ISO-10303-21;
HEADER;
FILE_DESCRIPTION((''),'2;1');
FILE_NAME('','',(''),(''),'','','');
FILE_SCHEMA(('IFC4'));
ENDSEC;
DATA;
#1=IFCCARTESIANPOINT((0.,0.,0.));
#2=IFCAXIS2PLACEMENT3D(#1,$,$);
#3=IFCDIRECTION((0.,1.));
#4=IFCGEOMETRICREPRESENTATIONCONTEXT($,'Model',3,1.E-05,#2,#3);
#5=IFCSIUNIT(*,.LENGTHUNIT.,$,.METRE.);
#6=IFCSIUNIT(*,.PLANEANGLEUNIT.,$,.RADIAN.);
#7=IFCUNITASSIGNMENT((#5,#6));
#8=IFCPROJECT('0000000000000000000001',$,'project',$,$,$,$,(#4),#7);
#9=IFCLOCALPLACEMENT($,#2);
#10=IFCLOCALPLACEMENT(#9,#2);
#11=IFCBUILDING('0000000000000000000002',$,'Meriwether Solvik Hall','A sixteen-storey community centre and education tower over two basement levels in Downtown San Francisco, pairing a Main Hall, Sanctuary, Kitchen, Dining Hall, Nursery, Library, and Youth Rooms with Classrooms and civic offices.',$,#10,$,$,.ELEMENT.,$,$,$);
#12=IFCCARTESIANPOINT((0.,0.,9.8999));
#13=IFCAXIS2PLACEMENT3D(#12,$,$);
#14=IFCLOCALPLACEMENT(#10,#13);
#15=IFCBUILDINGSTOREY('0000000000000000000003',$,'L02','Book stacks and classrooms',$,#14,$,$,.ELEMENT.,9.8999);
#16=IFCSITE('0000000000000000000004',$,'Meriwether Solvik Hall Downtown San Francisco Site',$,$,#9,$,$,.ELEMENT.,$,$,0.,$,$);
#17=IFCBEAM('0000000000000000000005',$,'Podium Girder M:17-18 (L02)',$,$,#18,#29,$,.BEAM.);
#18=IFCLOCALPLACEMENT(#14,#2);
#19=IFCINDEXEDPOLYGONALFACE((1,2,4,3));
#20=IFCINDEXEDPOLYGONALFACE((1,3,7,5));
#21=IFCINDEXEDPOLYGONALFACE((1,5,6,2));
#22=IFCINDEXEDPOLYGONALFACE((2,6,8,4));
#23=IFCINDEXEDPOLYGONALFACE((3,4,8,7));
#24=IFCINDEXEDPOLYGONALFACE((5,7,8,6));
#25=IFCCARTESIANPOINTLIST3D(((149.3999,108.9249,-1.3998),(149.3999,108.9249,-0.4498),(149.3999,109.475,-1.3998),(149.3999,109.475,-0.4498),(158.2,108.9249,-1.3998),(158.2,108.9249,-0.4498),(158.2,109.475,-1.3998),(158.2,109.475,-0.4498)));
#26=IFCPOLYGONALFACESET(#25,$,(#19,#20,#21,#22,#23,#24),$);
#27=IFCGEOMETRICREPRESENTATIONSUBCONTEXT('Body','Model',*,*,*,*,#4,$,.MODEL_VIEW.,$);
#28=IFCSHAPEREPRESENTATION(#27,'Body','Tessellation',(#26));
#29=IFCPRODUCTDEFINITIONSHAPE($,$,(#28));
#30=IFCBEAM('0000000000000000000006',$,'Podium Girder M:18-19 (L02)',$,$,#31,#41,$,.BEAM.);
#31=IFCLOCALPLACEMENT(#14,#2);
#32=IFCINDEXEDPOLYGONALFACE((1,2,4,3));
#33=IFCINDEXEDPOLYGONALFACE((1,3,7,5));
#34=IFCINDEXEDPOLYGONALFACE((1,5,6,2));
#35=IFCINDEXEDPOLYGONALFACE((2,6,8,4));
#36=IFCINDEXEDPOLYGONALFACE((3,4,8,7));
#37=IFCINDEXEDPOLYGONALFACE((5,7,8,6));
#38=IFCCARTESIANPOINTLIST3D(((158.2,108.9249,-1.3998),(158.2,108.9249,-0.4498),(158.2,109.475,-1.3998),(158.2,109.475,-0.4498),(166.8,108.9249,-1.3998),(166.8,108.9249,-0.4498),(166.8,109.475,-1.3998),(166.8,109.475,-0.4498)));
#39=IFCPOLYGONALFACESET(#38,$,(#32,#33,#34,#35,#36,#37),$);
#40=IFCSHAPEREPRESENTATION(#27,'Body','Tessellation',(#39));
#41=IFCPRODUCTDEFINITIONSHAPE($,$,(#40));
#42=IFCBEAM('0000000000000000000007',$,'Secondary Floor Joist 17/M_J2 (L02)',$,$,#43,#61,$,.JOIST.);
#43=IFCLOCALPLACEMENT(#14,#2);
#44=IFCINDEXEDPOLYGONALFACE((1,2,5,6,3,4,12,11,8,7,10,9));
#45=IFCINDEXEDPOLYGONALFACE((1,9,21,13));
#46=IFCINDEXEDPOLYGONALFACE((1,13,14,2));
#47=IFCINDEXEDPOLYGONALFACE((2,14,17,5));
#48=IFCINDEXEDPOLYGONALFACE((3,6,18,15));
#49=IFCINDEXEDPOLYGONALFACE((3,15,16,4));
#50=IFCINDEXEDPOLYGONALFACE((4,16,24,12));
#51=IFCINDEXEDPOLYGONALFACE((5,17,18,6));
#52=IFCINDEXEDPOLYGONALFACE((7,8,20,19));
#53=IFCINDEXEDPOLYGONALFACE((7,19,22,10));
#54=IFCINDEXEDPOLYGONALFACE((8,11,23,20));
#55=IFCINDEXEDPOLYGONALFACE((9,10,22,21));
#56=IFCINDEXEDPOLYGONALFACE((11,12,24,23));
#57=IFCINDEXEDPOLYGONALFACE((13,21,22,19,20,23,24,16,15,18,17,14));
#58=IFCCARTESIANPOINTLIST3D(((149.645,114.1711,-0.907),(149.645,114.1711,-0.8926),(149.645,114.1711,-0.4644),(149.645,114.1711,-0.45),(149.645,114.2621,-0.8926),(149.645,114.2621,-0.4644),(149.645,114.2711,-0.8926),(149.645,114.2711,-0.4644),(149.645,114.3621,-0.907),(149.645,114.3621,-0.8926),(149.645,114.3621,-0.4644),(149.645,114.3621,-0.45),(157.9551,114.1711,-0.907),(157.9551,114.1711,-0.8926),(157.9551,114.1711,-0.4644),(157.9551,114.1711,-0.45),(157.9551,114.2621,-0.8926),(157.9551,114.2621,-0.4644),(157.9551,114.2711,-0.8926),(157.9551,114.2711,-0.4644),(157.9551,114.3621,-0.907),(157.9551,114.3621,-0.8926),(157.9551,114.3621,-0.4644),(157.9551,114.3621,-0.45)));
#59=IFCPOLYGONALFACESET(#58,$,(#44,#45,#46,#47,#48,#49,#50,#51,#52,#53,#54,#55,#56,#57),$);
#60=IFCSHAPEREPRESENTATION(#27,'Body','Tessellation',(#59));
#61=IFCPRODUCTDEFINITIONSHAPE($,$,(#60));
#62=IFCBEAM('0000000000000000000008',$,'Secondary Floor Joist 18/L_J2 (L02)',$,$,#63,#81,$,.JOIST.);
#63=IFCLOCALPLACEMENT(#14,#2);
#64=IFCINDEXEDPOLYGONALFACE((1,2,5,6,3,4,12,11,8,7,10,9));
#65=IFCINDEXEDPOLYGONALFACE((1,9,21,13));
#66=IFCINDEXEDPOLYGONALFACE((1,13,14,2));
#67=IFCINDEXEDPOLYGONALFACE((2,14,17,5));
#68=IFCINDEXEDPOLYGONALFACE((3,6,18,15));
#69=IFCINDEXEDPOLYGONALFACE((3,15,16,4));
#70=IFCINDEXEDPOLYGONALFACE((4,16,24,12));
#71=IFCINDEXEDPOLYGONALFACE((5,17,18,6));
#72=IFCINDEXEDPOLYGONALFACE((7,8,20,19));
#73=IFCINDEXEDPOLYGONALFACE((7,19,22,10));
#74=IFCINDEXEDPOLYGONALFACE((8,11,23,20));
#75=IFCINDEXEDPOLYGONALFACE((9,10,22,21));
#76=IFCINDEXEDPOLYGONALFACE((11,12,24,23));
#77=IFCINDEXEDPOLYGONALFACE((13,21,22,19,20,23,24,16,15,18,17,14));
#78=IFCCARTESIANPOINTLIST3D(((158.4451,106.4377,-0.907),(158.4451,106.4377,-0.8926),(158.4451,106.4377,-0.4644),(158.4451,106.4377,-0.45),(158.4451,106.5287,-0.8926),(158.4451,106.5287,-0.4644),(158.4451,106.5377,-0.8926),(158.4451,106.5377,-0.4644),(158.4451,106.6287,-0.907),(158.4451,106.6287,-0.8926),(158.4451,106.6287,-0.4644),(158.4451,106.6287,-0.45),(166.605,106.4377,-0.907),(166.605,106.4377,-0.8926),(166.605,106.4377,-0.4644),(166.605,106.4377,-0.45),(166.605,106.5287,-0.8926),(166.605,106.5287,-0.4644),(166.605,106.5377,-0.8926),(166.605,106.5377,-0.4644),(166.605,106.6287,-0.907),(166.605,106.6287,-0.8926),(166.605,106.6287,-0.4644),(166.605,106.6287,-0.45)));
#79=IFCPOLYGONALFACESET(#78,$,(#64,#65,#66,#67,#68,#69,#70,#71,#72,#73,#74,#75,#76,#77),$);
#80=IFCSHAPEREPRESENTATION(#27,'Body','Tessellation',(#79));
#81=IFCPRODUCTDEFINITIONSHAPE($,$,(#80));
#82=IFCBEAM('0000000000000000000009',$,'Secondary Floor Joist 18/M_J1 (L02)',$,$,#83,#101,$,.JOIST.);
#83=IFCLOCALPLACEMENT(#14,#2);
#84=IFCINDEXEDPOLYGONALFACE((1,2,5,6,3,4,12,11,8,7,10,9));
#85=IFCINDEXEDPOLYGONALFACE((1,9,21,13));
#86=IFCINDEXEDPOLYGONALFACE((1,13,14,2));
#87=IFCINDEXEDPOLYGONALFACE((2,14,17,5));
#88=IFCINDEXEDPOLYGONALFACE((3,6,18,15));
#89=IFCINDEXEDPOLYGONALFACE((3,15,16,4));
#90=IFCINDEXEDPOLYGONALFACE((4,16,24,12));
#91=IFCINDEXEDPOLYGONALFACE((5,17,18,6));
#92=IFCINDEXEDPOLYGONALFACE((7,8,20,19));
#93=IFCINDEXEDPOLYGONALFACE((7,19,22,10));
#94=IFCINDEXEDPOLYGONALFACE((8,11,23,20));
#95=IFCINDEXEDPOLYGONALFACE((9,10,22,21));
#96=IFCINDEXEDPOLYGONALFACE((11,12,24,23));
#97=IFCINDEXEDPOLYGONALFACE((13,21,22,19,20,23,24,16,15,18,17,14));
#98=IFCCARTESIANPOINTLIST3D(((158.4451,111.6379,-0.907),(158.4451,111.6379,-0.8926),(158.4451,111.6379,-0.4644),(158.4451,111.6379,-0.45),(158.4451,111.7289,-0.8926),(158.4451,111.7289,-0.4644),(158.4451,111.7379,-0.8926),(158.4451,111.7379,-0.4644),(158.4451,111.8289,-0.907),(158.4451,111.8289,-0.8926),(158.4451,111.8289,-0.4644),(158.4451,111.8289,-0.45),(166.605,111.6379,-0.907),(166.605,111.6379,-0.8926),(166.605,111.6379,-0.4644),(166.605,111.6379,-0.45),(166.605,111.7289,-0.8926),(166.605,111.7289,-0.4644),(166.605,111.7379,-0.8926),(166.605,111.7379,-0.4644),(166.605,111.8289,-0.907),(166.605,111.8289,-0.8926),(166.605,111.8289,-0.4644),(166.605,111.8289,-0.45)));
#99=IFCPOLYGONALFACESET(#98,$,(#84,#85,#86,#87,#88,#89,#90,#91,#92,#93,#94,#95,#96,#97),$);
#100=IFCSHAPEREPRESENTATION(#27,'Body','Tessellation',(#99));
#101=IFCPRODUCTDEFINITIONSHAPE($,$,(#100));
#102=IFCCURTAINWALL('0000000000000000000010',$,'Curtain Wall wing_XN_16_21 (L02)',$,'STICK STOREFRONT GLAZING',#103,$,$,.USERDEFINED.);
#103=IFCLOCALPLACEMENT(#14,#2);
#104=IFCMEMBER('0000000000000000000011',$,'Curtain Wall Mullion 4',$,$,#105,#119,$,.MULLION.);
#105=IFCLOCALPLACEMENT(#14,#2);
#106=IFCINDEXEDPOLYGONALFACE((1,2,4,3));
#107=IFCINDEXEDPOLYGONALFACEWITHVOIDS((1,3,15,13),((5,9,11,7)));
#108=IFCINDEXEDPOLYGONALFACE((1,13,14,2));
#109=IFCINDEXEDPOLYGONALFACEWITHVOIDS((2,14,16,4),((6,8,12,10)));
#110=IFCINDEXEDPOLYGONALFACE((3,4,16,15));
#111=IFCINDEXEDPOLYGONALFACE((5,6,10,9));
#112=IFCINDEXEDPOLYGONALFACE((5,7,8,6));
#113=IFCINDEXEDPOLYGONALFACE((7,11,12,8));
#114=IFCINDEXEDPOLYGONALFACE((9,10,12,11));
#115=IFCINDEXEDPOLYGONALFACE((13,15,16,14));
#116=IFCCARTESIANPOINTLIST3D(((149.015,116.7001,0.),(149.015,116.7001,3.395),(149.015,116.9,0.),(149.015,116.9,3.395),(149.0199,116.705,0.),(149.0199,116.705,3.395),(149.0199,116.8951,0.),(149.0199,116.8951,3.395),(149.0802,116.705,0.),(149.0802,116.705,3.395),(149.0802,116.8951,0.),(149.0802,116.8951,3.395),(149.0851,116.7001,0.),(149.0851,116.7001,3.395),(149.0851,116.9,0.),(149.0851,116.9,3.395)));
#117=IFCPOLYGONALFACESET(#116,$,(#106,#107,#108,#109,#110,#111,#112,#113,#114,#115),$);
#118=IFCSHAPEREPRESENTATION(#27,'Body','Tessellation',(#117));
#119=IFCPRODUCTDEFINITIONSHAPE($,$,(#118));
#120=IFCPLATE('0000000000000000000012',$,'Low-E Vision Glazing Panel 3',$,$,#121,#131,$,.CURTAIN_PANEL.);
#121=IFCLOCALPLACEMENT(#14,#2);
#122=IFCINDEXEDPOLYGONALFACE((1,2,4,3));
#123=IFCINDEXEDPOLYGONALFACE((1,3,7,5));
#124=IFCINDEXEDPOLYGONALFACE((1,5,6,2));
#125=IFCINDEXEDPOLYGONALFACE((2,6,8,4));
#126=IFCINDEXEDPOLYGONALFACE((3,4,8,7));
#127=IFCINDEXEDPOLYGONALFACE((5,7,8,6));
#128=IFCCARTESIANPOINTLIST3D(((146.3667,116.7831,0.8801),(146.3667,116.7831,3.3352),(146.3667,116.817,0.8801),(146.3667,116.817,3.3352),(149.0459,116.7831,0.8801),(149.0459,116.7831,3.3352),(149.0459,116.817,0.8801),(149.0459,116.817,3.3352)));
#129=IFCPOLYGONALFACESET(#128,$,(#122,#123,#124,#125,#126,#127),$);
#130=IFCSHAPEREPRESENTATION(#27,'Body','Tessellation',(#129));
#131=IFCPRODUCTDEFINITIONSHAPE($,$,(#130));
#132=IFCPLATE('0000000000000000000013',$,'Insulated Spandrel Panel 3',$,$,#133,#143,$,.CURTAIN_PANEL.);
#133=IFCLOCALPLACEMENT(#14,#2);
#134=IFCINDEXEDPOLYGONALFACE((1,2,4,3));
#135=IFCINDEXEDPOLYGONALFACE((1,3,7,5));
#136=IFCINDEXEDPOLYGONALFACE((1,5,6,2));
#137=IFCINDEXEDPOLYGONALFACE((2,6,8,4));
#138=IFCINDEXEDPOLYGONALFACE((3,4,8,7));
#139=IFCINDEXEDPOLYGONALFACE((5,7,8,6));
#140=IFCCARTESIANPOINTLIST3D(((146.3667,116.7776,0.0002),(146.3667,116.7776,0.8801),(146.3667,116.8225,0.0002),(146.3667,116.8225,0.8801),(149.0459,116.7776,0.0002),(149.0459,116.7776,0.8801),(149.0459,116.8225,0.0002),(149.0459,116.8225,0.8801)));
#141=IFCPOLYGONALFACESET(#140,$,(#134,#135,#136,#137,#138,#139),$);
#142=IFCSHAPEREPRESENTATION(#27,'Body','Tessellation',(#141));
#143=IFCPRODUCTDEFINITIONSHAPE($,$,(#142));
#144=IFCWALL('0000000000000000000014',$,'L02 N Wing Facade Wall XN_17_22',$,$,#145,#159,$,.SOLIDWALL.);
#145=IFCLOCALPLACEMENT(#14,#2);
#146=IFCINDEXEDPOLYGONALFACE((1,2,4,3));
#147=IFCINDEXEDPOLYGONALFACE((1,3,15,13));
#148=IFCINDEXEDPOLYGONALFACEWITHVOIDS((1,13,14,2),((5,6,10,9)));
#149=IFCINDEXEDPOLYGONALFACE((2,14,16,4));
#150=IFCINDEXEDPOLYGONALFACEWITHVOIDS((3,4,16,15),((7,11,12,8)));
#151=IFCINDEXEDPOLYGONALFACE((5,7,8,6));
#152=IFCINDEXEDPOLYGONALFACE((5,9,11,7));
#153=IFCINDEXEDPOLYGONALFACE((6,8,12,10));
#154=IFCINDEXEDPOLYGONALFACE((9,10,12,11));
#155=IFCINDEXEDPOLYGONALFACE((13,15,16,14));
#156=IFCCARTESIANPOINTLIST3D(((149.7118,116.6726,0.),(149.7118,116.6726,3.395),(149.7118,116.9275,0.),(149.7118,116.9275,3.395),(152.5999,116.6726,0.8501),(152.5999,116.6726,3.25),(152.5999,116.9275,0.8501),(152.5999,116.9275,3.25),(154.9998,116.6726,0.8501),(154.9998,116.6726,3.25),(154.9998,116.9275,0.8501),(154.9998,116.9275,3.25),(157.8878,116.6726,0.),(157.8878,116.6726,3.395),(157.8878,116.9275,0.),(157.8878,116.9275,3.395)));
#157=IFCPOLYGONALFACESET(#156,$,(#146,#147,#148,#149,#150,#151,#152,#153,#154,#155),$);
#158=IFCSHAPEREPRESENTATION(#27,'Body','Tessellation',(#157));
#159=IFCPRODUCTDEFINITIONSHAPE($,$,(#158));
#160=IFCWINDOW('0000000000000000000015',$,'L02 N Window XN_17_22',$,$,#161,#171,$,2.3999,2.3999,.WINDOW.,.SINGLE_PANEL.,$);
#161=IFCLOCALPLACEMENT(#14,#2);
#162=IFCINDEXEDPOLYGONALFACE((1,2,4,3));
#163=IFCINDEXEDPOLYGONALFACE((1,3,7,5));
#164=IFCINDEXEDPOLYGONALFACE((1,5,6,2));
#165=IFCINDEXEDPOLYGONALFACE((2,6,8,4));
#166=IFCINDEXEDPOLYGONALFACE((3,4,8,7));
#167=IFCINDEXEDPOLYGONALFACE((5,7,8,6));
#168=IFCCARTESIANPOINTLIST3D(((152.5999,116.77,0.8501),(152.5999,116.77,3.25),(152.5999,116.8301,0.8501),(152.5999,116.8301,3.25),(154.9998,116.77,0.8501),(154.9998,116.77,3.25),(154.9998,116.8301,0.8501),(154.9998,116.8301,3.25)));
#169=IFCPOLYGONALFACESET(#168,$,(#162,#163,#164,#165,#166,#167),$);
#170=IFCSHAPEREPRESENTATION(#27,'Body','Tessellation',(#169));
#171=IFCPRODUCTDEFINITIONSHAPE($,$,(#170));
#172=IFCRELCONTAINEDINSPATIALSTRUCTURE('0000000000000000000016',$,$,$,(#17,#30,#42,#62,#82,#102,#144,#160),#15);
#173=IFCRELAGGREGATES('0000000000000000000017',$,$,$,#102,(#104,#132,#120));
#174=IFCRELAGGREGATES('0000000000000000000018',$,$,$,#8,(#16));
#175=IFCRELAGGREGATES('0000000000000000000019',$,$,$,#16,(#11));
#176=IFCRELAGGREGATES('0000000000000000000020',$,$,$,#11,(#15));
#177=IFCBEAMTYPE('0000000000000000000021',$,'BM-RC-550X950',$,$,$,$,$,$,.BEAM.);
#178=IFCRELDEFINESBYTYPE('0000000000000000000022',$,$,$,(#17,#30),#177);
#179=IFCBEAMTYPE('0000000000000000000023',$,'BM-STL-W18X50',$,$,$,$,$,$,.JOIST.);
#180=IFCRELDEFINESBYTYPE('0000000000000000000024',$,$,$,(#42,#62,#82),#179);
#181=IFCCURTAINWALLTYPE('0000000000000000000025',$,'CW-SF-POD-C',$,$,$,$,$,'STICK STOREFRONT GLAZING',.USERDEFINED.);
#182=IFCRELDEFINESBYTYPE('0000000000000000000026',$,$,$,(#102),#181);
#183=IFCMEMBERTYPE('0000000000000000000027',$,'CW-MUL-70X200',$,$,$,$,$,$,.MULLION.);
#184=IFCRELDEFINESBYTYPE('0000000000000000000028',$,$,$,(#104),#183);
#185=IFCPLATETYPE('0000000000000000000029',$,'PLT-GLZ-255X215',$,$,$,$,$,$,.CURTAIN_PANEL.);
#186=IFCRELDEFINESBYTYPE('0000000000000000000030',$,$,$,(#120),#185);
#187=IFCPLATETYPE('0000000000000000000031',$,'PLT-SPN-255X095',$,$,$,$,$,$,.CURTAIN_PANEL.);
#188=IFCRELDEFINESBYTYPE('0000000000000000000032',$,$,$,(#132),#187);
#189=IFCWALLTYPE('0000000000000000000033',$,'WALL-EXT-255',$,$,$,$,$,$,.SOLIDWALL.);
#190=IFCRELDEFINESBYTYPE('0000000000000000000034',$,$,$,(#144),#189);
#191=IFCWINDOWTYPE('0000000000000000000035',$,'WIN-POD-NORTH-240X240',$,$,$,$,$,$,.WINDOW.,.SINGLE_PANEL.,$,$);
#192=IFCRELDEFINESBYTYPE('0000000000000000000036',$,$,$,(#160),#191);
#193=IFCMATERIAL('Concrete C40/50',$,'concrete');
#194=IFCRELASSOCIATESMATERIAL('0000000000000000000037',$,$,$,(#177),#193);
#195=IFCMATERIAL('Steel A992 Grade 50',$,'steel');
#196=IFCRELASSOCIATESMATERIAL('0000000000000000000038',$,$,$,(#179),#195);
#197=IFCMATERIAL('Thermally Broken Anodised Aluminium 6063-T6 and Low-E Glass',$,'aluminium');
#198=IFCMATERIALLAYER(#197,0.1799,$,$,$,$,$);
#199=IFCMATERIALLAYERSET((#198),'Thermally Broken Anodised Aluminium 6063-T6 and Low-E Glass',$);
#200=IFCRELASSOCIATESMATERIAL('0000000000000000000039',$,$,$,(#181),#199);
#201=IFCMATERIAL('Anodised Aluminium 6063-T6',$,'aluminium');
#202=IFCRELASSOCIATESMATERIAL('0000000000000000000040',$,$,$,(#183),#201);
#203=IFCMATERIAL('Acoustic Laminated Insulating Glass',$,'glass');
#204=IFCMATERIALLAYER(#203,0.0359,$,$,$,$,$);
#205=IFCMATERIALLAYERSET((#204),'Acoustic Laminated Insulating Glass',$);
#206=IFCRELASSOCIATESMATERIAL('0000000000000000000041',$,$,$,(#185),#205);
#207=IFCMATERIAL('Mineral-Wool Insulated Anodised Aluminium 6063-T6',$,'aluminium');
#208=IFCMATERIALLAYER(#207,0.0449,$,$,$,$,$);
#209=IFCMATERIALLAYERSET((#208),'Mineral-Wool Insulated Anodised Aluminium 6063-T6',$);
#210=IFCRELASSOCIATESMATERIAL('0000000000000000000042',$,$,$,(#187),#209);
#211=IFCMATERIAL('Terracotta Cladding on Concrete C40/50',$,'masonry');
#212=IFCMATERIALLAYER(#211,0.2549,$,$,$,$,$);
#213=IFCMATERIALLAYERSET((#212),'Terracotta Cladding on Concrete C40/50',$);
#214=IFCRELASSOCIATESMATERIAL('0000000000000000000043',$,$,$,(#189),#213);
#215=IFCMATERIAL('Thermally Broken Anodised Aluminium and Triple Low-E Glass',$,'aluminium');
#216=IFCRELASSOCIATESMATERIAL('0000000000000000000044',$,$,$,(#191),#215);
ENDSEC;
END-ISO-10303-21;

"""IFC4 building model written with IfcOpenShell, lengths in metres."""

from ifc_helpers import new_model, si_unit, direction, frame, frame_2d, origin, origin_2d, place, context, subcontext, project, spatial, rectangle, hollow_rectangle, i_section, extrude, material, layer, layer_set, material_profile, profile_set, type_object, element, fill, aggregate, save


model = new_model("IFC4")

# Units and contexts
model_context = context("Model", 3, precision=1e-05, world=origin(), true_north=direction((0.0, 1.0)))
body_context = subcontext(model_context, "Body", "Model", "MODEL_VIEW")
ifc_project = project(units=[si_unit("LENGTHUNIT", "METRE"), si_unit("PLANEANGLEUNIT", "RADIAN")], contexts=[model_context])

# Site, building, storey
site_placement = place(None, origin())
site = spatial("IfcSite", under=ifc_project, at=site_placement, Name="Meriwether Solvik Hall Downtown San Francisco Site", CompositionType="ELEMENT", RefElevation=0.0)
building_placement = place(site_placement, origin())
building = spatial("IfcBuilding", under=site, at=building_placement, Name="Meriwether Solvik Hall", Description="A sixteen-storey community centre and education tower over two basement levels in Downtown San Francisco, pairing a Main Hall, Sanctuary, Kitchen, Dining Hall, Nursery, Library, and Youth Rooms with Classrooms and civic offices.", CompositionType="ELEMENT")
storey_placement = place(building_placement, frame((0.0, 0.0, 9.8999)))
storey = spatial("IfcBuildingStorey", under=building, at=storey_placement, Name="L02", Description="Book stacks and classrooms", CompositionType="ELEMENT", Elevation=9.8999)

# Beams
ifc_material_1 = material(Name="Concrete C40/50", Category="concrete")
ifc_material_profile_1 = material_profile(ifc_material_1, rectangle(XDim=0.55, YDim=0.95, at=origin_2d()), Name="RCB-550X950")
ifc_profile_set_1 = profile_set([ifc_material_profile_1], Name="Concrete C40/50")
beam_type_1 = type_object("IfcBeamType", Name="BM-RC-550X950", PredefinedType="BEAM", material=ifc_profile_set_1)
beam_1_placement = place(storey_placement, frame((149.3999, 109.2, -0.9248), z_axis=(1.0, 0.0, 0.0), x_axis=(0.0, 1.0, 0.0)))
element("IfcBeam", 1, at=beam_1_placement, inside=storey, type_object=beam_type_1, Name="Podium Girder M:17-18 (L02)", PredefinedType="BEAM", context=body_context, shape_type="SweptSolid", body=[
    extrude(rectangle(XDim=0.55, YDim=0.95, at=origin_2d()), origin(), (0.0, 0.0, 1.0), 8.8),
])
beam_2_placement = place(storey_placement, frame((158.2, 109.2, -0.9248), z_axis=(1.0, 0.0, 0.0), x_axis=(0.0, 1.0, 0.0)))
element("IfcBeam", 2, at=beam_2_placement, inside=storey, type_object=beam_type_1, Name="Podium Girder M:18-19 (L02)", PredefinedType="BEAM", context=body_context, shape_type="SweptSolid", body=[
    extrude(rectangle(XDim=0.55, YDim=0.95, at=origin_2d()), origin(), (0.0, 0.0, 1.0), 8.6001),
])
ifc_material_2 = material(Name="Steel A992 Grade 50", Category="steel")
ifc_material_profile_2 = material_profile(ifc_material_2, i_section(OverallWidth=0.1909, OverallDepth=0.457, WebThickness=0.009, FlangeThickness=0.0144, at=origin_2d()), Name="W18X50")
ifc_profile_set_2 = profile_set([ifc_material_profile_2], Name="Steel A992 Grade 50")
beam_type_2 = type_object("IfcBeamType", Name="BM-STL-W18X50", PredefinedType="JOIST", material=ifc_profile_set_2)
beam_3_placement = place(storey_placement, frame((149.645, 114.2666, -0.6785), z_axis=(1.0, 0.0, 0.0), x_axis=(0.0, 1.0, 0.0)))
element("IfcBeam", 3, at=beam_3_placement, inside=storey, type_object=beam_type_2, Name="Secondary Floor Joist 17/M_J2 (L02)", PredefinedType="JOIST", context=body_context, shape_type="SweptSolid", body=[
    extrude(i_section(OverallWidth=0.1909, OverallDepth=0.457, WebThickness=0.009, FlangeThickness=0.0144, at=origin_2d()), origin(), (0.0, 0.0, 1.0), 8.3101),
])
for number, where, z_axis, x_axis, name in (
    (4, (158.4451, 106.5332, -0.6785), (1.0, 0.0, 0.0), (0.0, 1.0, 0.0), "Secondary Floor Joist 18/L_J2 (L02)"),
    (5, (158.4451, 111.7334, -0.6785), (1.0, 0.0, 0.0), (0.0, 1.0, 0.0), "Secondary Floor Joist 18/M_J1 (L02)"),
):
    element("IfcBeam", number, at=place(storey_placement, frame(where, z_axis=z_axis, x_axis=x_axis)), inside=storey, type_object=beam_type_2, Name=name, PredefinedType="JOIST", context=body_context, shape_type="SweptSolid", body=[
        extrude(i_section(OverallWidth=0.1909, OverallDepth=0.457, WebThickness=0.009, FlangeThickness=0.0144, at=origin_2d()), origin(), (0.0, 0.0, 1.0), 8.1599),
    ])

# Curtain wall, member, plates
ifc_material_3 = material(Name="Thermally Broken Anodised Aluminium 6063-T6 and Low-E Glass", Category="aluminium")
ifc_layer_1 = layer(ifc_material_3, 0.1799)
ifc_layer_set_1 = layer_set([ifc_layer_1], Name="Thermally Broken Anodised Aluminium 6063-T6 and Low-E Glass")
curtain_wall_type = type_object("IfcCurtainWallType", Name="CW-SF-POD-C", ElementType="STICK STOREFRONT GLAZING", PredefinedType="USERDEFINED", material=ifc_layer_set_1)
curtain_wall_placement = place(storey_placement, origin())
curtain_wall = element("IfcCurtainWall", 6, at=curtain_wall_placement, inside=storey, type_object=curtain_wall_type, Name="Curtain Wall wing_XN_16_21 (L02)", ObjectType="STICK STOREFRONT GLAZING", PredefinedType="USERDEFINED")
ifc_material_4 = material(Name="Anodised Aluminium 6063-T6", Category="aluminium")
ifc_material_profile_3 = material_profile(ifc_material_4, hollow_rectangle(XDim=0.0701, YDim=0.2, WallThickness=0.0049, at=origin_2d()), Name="CWM-70X200")
ifc_profile_set_3 = profile_set([ifc_material_profile_3], Name="Anodised Aluminium 6063-T6")
member_type = type_object("IfcMemberType", Name="CW-MUL-70X200", PredefinedType="MULLION", material=ifc_profile_set_3)
member_placement = place(storey_placement, frame((149.05, 116.8, 0.0), z_axis=(0.0, 0.0, 1.0), x_axis=(1.0, 0.0, 0.0)))
member = element("IfcMember", 7, at=member_placement, type_object=member_type, Name="Curtain Wall Mullion 4", PredefinedType="MULLION", context=body_context, shape_type="SweptSolid", body=[
    extrude(hollow_rectangle(XDim=0.0701, YDim=0.2, WallThickness=0.0049, at=origin_2d()), origin(), (0.0, 0.0, 1.0), 3.395),
])
ifc_material_5 = material(Name="Acoustic Laminated Insulating Glass", Category="glass")
ifc_layer_2 = layer(ifc_material_5, 0.0359)
ifc_layer_set_2 = layer_set([ifc_layer_2], Name="Acoustic Laminated Insulating Glass")
plate_type_1 = type_object("IfcPlateType", Name="PLT-GLZ-255X215", PredefinedType="CURTAIN_PANEL", material=ifc_layer_set_2)
plate_1_placement = place(storey_placement, frame((147.7063, 116.8, 0.8801), z_axis=(0.0, 0.0, 1.0), x_axis=(1.0, 0.0, 0.0)))
plate_1 = element("IfcPlate", 8, at=plate_1_placement, type_object=plate_type_1, Name="Low-E Vision Glazing Panel 3", PredefinedType="CURTAIN_PANEL", context=body_context, shape_type="SweptSolid", body=[
    extrude(rectangle(XDim=2.6792, YDim=0.0339, at=origin_2d()), origin(), (0.0, 0.0, 1.0), 2.4551),
])
ifc_material_6 = material(Name="Mineral-Wool Insulated Anodised Aluminium 6063-T6", Category="aluminium")
ifc_layer_3 = layer(ifc_material_6, 0.0449)
ifc_layer_set_3 = layer_set([ifc_layer_3], Name="Mineral-Wool Insulated Anodised Aluminium 6063-T6")
plate_type_2 = type_object("IfcPlateType", Name="PLT-SPN-255X095", PredefinedType="CURTAIN_PANEL", material=ifc_layer_set_3)
plate_2_placement = place(storey_placement, frame((147.7063, 116.8, 0.0002), z_axis=(0.0, 0.0, 1.0), x_axis=(1.0, 0.0, 0.0)))
plate_2 = element("IfcPlate", 9, at=plate_2_placement, type_object=plate_type_2, Name="Insulated Spandrel Panel 3", PredefinedType="CURTAIN_PANEL", context=body_context, shape_type="SweptSolid", body=[
    extrude(rectangle(XDim=2.6792, YDim=0.0449, at=origin_2d()), origin(), (0.0, 0.0, 1.0), 0.8799),
])
aggregate(curtain_wall, [member, plate_2, plate_1])

# Wall, opening, window
ifc_material_7 = material(Name="Terracotta Cladding on Concrete C40/50", Category="masonry")
ifc_layer_4 = layer(ifc_material_7, 0.2549)
ifc_layer_set_4 = layer_set([ifc_layer_4], Name="Terracotta Cladding on Concrete C40/50")
wall_type = type_object("IfcWallType", Name="WALL-EXT-255", PredefinedType="SOLIDWALL", material=ifc_layer_set_4)
wall_placement = place(storey_placement, frame((149.7119, 116.8, 0.0), z_axis=(0.0, 0.0, 1.0), x_axis=(1.0, 0.0, 0.0)))
wall = element("IfcWall", 10, at=wall_placement, inside=storey, type_object=wall_type, Name="L02 N Wing Facade Wall XN_17_22", PredefinedType="SOLIDWALL", context=body_context, shape_type="SweptSolid", body=[
    extrude(rectangle(XDim=8.176, YDim=0.2549, at=frame_2d((4.0879, 0.0))), origin(), (0.0, 0.0, 1.0), 3.395),
])
opening_placement = place(wall_placement, frame((2.8879, 0.0, 0.8501)))
opening = element("IfcOpeningElement", 11, at=opening_placement, cuts=wall, PredefinedType="OPENING", context=body_context, shape_type="SweptSolid", body=[
    extrude(rectangle(XDim=2.3999, YDim=2.3999, at=frame_2d((1.2, 1.2))), frame((0.0, 0.1394, 0.0), z_axis=(0.0, -1.0, 0.0), x_axis=(1.0, 0.0, 0.0)), (0.0, 0.0, 1.0), 0.2788),
])
ifc_material_8 = material(Name="Thermally Broken Anodised Aluminium and Triple Low-E Glass", Category="aluminium")
window_type = type_object("IfcWindowType", Name="WIN-POD-NORTH-240X240", PartitioningType="SINGLE_PANEL", PredefinedType="WINDOW", material=ifc_material_8)
window_placement = place(opening_placement, origin())
window = element("IfcWindow", 12, at=window_placement, inside=storey, type_object=window_type, Name="L02 N Window XN_17_22", OverallHeight=2.3999, OverallWidth=2.3999, PartitioningType="SINGLE_PANEL", PredefinedType="WINDOW", context=body_context, shape_type="SweptSolid", body=[
    extrude(rectangle(XDim=2.3999, YDim=2.3999, at=frame_2d((1.2, 1.2))), frame((0.0, 0.03, 0.0), z_axis=(0.0, -1.0, 0.0), x_axis=(1.0, 0.0, 0.0)), (0.0, 0.0, 1.0), 0.0601),
])
fill(opening, window)

save(model, "model.ifc")
